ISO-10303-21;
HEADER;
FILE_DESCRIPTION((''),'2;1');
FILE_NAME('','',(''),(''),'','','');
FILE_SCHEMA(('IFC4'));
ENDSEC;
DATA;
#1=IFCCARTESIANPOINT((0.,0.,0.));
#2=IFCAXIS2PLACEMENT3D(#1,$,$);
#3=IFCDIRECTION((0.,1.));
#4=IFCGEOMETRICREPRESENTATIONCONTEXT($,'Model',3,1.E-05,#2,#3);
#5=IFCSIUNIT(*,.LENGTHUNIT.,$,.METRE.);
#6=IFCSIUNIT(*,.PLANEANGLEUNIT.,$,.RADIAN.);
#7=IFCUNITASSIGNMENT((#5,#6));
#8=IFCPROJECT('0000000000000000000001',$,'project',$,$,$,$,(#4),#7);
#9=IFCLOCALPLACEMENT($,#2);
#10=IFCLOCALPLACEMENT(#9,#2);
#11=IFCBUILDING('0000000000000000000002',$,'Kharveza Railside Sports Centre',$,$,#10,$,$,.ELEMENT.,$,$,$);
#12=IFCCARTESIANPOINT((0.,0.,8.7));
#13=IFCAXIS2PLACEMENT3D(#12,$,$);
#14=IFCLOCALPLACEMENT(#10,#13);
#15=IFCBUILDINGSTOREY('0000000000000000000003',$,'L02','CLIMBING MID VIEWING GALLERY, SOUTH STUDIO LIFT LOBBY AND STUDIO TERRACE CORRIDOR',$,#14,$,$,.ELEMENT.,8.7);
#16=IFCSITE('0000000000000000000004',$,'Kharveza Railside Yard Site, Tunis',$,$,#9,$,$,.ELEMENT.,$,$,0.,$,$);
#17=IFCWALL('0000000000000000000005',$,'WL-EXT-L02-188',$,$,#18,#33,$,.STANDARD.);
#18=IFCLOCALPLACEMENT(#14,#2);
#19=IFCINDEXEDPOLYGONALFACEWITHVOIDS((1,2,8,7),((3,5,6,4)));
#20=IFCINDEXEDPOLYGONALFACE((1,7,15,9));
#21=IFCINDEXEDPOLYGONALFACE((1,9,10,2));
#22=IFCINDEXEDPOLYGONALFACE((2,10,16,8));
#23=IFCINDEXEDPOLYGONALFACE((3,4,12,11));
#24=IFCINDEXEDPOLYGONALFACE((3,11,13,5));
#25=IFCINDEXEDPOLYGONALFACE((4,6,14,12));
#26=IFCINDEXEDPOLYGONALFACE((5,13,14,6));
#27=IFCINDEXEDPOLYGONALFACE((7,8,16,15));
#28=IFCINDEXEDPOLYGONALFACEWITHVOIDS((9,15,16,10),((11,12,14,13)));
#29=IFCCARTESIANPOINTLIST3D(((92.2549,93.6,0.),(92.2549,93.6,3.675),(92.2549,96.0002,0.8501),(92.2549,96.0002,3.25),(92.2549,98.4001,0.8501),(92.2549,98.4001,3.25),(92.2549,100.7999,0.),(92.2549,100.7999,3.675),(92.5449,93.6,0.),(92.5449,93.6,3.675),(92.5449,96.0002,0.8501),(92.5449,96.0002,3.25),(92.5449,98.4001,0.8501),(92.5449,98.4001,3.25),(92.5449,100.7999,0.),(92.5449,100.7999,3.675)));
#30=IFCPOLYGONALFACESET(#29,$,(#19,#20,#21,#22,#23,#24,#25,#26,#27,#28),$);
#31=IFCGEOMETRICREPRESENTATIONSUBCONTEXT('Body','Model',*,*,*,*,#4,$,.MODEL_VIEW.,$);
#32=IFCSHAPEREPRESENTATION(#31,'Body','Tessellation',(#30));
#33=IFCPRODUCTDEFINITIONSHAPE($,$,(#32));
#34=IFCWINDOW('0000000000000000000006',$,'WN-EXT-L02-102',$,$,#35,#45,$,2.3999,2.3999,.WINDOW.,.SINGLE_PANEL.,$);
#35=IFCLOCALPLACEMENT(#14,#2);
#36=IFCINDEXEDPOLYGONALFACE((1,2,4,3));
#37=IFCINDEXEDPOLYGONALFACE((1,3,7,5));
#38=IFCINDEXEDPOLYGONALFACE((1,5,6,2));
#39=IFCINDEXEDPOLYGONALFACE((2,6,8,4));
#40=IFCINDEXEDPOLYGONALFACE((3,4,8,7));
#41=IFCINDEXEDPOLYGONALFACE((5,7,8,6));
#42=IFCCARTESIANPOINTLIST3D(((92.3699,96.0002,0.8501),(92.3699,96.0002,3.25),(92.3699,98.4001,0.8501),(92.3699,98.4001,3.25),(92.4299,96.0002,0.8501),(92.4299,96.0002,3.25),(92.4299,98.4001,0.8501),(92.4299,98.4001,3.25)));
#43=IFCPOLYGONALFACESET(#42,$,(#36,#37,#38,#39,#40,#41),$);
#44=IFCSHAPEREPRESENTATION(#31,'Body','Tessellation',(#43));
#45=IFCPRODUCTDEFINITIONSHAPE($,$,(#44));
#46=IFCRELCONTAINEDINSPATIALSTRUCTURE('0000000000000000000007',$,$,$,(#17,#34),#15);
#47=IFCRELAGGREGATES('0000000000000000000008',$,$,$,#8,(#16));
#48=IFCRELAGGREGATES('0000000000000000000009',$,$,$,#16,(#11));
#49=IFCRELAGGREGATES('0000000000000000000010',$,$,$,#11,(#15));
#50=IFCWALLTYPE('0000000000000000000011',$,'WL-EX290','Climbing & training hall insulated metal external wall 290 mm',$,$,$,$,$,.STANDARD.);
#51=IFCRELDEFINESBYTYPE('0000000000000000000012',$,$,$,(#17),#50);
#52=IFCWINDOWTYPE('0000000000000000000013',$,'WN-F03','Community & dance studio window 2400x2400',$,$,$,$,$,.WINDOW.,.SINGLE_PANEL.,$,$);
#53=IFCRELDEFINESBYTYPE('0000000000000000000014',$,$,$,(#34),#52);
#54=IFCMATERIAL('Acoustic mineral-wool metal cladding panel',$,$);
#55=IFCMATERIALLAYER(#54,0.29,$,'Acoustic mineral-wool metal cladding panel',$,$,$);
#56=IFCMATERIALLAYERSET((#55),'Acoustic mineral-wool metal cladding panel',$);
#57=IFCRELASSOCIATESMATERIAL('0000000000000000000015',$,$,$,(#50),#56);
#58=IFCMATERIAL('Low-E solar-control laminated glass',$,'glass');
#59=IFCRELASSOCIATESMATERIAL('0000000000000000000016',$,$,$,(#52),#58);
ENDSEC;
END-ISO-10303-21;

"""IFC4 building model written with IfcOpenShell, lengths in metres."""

from ifc_helpers import new_model, si_unit, direction, frame, frame_2d, origin, place, context, subcontext, project, spatial, rectangle, extrude, material, layer, layer_set, type_object, element, fill, save


model = new_model("IFC4")

# Units and contexts
model_context = context("Model", 3, precision=1e-05, world=origin(), true_north=direction((0.0, 1.0)))
body_context = subcontext(model_context, "Body", "Model", "MODEL_VIEW")
ifc_project = project(units=[si_unit("LENGTHUNIT", "METRE"), si_unit("PLANEANGLEUNIT", "RADIAN")], contexts=[model_context])

# Site, building, storey
site_placement = place(None, origin())
site = spatial("IfcSite", under=ifc_project, at=site_placement, Name="Kharveza Railside Yard Site, Tunis", CompositionType="ELEMENT", RefElevation=0.0)
building_placement = place(site_placement, origin())
building = spatial("IfcBuilding", under=site, at=building_placement, Name="Kharveza Railside Sports Centre", CompositionType="ELEMENT")
storey_placement = place(building_placement, frame((0.0, 0.0, 8.7)))
storey = spatial("IfcBuildingStorey", under=building, at=storey_placement, Name="L02", Description="CLIMBING MID VIEWING GALLERY, SOUTH STUDIO LIFT LOBBY AND STUDIO TERRACE CORRIDOR", CompositionType="ELEMENT", Elevation=8.7)

# Shared definitions
ifc_material_1 = material(Name="Acoustic mineral-wool metal cladding panel")

# Wall, opening, window
ifc_layer_1 = layer(ifc_material_1, 0.29, Name="Acoustic mineral-wool metal cladding panel")
ifc_layer_set_1 = layer_set([ifc_layer_1], Name="Acoustic mineral-wool metal cladding panel")
wall_type_1 = type_object("IfcWallType", Name="WL-EX290", Description="Climbing & training hall insulated metal external wall 290 mm", PredefinedType="STANDARD", material=ifc_layer_set_1)
ifc_material_2 = material(Name="Low-E solar-control laminated glass", Category="glass")
wall_1_placement = place(storey_placement, frame((92.3999, 100.8, 0.0), z_axis=(0.0, 0.0, 1.0), x_axis=(0.0, -1.0, 0.0)))
wall_1 = element("IfcWall", 1, at=wall_1_placement, inside=storey, type_object=wall_type_1, Name="WL-EXT-L02-188", PredefinedType="STANDARD", context=body_context, shape_type="SweptSolid", body=[
    extrude(rectangle(XDim=7.2, YDim=0.29, at=frame_2d((3.6001, 0.0))), origin(), (0.0, 0.0, 1.0), 3.675),
])
opening_1_placement = place(wall_1_placement, frame((2.3999, 0.0, 0.8501)))
opening_1 = element("IfcOpeningElement", 2, at=opening_1_placement, cuts=wall_1, PredefinedType="OPENING", context=body_context, shape_type="SweptSolid", body=[
    extrude(rectangle(XDim=2.3999, YDim=2.3999, at=frame_2d((1.2, 1.2))), frame((0.0, 0.1699, 0.0), z_axis=(0.0, -1.0, 0.0), x_axis=(1.0, 0.0, 0.0)), (0.0, 0.0, 1.0), 0.3398),
])
window_type_1 = type_object("IfcWindowType", Name="WN-F03", Description="Community & dance studio window 2400x2400", PartitioningType="SINGLE_PANEL", PredefinedType="WINDOW", material=ifc_material_2)
window_1_placement = place(opening_1_placement, origin())
window_1 = element("IfcWindow", 3, at=window_1_placement, inside=storey, type_object=window_type_1, Name="WN-EXT-L02-102", OverallHeight=2.3999, OverallWidth=2.3999, PartitioningType="SINGLE_PANEL", PredefinedType="WINDOW", context=body_context, shape_type="SweptSolid", body=[
    extrude(rectangle(XDim=2.3999, YDim=2.3999, at=frame_2d((1.2, 1.2))), frame((0.0, 0.03, 0.0), z_axis=(0.0, -1.0, 0.0), x_axis=(1.0, 0.0, 0.0)), (0.0, 0.0, 1.0), 0.0601),
])
fill(opening_1, window_1)

save(model, "model.ifc")
